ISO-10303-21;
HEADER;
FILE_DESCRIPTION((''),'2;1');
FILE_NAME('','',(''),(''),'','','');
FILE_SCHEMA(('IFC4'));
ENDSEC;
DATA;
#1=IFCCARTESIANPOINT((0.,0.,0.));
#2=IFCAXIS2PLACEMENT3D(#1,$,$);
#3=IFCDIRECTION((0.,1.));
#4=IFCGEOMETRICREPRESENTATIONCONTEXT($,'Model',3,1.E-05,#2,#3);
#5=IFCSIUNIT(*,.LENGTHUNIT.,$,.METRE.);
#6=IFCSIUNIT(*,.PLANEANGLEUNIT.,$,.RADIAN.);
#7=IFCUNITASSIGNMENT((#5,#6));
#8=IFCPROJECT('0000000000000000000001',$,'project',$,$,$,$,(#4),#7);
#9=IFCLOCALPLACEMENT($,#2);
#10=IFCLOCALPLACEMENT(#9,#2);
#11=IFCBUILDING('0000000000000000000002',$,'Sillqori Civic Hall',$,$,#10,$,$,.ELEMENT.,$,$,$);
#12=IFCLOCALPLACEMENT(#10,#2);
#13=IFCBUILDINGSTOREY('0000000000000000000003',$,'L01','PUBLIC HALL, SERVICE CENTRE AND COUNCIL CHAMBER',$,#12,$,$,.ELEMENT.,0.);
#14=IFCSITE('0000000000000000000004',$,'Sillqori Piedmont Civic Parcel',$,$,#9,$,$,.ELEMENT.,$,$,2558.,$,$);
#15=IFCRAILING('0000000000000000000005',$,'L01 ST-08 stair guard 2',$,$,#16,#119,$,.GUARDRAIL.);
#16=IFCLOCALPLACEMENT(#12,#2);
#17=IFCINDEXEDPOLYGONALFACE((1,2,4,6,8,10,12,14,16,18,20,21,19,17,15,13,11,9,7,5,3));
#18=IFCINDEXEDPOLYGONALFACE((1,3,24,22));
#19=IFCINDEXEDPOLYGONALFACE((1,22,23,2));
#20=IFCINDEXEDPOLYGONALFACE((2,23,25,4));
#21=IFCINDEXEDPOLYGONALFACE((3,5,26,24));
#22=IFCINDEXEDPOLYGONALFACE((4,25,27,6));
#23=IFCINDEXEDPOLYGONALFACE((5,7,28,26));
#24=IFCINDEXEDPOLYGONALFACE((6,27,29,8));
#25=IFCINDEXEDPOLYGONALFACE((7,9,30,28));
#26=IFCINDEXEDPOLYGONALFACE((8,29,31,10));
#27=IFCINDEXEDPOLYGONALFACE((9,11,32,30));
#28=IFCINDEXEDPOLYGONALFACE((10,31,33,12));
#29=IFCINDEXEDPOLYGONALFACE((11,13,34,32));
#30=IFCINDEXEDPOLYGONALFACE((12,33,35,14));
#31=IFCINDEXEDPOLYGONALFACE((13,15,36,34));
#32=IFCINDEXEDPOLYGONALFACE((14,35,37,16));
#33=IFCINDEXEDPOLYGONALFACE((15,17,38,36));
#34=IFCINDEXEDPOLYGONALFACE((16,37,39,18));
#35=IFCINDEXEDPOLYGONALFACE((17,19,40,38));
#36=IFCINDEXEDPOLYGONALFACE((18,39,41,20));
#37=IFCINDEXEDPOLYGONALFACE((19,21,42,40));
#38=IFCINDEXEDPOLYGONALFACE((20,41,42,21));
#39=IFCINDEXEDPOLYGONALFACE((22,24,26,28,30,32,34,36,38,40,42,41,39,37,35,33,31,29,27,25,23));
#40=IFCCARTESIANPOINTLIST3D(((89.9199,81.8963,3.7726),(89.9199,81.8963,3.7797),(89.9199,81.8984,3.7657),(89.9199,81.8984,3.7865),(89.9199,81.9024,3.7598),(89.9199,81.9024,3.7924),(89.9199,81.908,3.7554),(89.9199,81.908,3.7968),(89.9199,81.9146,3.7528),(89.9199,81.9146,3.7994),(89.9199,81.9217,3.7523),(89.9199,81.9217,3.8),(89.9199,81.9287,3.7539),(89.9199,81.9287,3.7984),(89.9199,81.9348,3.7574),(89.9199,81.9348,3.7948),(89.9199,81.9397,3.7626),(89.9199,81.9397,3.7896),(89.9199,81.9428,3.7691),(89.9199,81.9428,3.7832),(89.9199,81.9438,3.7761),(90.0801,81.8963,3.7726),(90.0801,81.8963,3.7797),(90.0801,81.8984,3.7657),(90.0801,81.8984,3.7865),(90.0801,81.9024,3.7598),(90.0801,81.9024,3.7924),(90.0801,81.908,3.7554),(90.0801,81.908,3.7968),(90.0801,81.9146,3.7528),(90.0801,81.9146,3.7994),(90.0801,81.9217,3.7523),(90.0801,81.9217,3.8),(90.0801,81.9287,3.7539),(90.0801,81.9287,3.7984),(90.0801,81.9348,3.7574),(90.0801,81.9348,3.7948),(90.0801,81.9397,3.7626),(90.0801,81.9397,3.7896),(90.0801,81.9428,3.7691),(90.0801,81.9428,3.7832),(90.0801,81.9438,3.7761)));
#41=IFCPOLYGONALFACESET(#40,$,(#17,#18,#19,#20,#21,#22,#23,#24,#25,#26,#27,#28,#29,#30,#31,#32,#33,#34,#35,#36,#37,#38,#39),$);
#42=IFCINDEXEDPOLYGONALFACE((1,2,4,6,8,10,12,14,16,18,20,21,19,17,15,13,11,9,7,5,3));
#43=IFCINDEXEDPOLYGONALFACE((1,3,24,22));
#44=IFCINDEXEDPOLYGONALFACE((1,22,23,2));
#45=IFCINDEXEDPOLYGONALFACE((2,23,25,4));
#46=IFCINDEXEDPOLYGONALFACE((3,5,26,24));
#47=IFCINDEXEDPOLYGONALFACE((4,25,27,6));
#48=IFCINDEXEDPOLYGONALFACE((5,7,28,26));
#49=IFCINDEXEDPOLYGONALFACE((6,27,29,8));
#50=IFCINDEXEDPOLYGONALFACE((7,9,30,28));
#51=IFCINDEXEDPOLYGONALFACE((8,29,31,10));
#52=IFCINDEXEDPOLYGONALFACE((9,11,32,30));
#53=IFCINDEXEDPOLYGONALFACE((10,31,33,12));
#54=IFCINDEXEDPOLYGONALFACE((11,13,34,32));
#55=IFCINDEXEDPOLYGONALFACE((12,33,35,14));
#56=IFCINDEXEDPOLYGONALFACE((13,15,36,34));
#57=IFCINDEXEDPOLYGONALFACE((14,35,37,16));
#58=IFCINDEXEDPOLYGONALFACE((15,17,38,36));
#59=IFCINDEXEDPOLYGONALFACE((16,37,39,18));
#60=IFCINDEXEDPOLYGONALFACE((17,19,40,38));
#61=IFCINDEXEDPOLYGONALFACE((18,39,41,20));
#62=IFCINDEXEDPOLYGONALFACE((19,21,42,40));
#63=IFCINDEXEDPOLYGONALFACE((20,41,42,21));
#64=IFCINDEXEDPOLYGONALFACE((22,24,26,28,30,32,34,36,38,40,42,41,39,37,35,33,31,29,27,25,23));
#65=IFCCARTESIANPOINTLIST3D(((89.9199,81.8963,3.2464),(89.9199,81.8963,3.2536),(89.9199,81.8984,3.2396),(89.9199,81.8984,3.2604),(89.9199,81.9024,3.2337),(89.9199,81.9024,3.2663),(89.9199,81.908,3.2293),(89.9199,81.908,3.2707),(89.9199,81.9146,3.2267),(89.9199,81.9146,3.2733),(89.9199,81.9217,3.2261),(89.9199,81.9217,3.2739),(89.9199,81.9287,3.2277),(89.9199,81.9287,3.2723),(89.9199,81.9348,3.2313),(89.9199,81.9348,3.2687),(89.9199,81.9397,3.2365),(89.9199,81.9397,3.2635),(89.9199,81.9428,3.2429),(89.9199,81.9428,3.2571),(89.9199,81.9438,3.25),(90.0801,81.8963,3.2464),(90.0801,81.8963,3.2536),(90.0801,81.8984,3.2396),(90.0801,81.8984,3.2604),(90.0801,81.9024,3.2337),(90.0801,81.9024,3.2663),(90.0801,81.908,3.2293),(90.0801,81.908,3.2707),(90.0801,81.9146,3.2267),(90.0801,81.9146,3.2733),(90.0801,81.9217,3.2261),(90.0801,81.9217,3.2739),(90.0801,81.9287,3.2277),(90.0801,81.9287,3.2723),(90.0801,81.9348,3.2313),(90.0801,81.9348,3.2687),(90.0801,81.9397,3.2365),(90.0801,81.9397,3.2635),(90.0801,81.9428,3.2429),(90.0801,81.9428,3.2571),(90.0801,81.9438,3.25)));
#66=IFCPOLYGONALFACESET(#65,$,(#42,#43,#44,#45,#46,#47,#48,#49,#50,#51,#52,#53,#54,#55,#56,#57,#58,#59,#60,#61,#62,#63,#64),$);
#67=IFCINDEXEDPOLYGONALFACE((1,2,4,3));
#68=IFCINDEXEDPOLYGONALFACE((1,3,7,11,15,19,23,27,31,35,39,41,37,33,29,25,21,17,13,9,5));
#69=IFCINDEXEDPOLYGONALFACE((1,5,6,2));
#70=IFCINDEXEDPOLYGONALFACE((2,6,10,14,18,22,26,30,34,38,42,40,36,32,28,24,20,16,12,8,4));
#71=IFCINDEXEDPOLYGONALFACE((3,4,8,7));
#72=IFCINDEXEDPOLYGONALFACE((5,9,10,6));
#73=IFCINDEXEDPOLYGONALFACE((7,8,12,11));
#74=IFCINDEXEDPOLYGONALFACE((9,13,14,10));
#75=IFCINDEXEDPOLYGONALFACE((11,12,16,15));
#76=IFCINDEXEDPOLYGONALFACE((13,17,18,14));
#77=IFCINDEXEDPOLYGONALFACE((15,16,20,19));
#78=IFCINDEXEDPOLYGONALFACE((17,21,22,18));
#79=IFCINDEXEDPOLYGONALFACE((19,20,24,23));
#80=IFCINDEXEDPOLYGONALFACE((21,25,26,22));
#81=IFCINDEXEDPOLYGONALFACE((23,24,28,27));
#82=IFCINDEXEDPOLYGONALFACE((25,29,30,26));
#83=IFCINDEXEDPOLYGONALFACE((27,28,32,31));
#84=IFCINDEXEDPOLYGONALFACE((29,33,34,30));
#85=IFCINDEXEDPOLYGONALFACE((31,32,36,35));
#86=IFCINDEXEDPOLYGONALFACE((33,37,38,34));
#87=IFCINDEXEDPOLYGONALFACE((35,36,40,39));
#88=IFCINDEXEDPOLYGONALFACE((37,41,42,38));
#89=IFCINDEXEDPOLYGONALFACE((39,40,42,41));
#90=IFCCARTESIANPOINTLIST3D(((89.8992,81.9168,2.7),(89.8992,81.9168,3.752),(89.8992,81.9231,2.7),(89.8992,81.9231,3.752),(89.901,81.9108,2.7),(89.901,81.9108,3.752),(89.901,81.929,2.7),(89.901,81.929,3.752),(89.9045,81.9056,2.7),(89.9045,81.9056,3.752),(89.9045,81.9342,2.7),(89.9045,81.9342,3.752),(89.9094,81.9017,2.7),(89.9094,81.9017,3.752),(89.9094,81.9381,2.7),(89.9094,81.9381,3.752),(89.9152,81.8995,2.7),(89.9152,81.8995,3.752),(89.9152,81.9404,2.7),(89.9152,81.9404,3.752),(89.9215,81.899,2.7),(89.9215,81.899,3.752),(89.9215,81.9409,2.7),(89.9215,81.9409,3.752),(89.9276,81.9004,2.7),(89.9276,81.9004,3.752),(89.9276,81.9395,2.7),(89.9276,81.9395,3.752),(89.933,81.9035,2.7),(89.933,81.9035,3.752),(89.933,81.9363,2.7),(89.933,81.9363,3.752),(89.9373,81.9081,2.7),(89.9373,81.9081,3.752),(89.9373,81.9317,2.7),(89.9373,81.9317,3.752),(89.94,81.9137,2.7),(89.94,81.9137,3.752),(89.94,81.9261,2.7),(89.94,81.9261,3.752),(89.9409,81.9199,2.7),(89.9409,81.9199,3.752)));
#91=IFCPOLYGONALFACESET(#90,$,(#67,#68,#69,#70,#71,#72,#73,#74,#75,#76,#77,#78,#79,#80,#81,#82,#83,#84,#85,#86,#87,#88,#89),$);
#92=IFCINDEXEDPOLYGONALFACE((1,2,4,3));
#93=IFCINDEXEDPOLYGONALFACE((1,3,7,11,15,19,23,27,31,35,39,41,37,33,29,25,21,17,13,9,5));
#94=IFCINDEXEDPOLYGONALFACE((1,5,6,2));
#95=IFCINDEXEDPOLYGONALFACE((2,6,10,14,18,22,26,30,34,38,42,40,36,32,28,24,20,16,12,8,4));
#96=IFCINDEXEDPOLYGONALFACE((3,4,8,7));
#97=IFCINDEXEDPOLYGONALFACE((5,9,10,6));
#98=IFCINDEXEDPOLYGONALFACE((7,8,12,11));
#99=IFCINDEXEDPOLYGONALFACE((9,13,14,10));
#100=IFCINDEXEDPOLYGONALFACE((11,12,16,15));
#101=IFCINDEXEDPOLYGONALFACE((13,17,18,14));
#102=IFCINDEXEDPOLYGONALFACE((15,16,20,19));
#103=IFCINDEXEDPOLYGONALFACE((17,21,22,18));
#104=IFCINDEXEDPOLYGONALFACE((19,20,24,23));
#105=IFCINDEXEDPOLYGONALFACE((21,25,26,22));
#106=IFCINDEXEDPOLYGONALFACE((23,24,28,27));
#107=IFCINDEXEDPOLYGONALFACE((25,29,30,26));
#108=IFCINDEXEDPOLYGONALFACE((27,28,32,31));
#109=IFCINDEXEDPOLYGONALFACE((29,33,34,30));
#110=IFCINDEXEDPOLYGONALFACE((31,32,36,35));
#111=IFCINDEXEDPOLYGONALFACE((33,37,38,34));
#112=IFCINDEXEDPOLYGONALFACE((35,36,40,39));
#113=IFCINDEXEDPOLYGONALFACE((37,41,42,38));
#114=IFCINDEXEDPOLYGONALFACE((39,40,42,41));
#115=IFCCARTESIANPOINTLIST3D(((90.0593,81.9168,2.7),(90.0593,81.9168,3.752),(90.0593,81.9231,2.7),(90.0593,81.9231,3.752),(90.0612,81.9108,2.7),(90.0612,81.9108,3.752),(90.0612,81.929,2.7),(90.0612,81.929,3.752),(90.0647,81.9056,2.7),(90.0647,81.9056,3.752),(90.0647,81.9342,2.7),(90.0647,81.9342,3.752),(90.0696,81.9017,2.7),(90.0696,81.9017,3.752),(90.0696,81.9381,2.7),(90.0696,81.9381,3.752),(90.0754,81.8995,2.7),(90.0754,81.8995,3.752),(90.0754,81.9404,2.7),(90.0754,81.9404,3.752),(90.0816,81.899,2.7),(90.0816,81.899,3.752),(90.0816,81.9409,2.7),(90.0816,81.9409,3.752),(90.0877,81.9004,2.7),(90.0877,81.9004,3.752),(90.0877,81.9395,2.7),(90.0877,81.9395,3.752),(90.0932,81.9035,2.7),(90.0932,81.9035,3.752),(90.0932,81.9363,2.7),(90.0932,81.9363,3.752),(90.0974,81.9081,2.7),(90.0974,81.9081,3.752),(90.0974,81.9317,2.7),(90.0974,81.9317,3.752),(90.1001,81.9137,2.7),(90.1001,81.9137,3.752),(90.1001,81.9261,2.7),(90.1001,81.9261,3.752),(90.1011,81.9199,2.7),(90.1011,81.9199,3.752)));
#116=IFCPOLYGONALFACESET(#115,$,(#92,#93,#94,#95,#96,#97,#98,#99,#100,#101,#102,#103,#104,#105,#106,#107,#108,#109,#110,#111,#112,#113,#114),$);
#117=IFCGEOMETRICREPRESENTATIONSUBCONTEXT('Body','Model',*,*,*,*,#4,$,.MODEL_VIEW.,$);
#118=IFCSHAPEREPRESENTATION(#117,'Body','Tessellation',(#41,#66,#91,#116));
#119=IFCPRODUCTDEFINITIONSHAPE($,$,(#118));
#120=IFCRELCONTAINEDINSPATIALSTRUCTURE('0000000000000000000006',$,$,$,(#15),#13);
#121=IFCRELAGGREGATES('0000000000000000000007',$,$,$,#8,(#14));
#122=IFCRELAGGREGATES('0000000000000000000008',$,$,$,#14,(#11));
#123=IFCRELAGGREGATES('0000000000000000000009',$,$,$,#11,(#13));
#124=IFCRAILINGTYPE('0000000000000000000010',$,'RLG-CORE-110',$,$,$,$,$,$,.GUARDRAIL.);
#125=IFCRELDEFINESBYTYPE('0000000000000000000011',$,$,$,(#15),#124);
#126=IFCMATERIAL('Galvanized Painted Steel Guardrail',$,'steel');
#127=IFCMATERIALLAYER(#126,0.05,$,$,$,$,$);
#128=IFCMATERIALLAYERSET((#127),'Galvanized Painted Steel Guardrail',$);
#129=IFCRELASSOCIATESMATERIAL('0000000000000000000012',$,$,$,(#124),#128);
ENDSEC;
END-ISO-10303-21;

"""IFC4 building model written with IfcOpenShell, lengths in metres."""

from ifc_helpers import new_model, si_unit, direction, frame, origin, origin_2d, place, context, subcontext, project, spatial, circle, extrude, material, layer, layer_set, type_object, element, save


model = new_model("IFC4")

# Units and contexts
model_context = context("Model", 3, precision=1e-05, world=origin(), true_north=direction((0.0, 1.0)))
body_context = subcontext(model_context, "Body", "Model", "MODEL_VIEW")
ifc_project = project(units=[si_unit("LENGTHUNIT", "METRE"), si_unit("PLANEANGLEUNIT", "RADIAN")], contexts=[model_context])

# Site, building, storey
site_placement = place(None, origin())
site = spatial("IfcSite", under=ifc_project, at=site_placement, Name="Sillqori Piedmont Civic Parcel", CompositionType="ELEMENT", RefElevation=2558.0)
building_placement = place(site_placement, origin())
building = spatial("IfcBuilding", under=site, at=building_placement, Name="Sillqori Civic Hall", CompositionType="ELEMENT")
storey_placement = place(building_placement, origin())
storey = spatial("IfcBuildingStorey", under=building, at=storey_placement, Name="L01", Description="PUBLIC HALL, SERVICE CENTRE AND COUNCIL CHAMBER", CompositionType="ELEMENT", Elevation=0.0)

# Railing
ifc_material_1 = material(Name="Galvanized Painted Steel Guardrail", Category="steel")
ifc_layer_1 = layer(ifc_material_1, 0.05)
ifc_layer_set_1 = layer_set([ifc_layer_1], Name="Galvanized Painted Steel Guardrail")
railing_type_1 = type_object("IfcRailingType", Name="RLG-CORE-110", PredefinedType="GUARDRAIL", material=ifc_layer_set_1)
railing_1_placement = place(storey_placement, frame((89.9199, 81.9199, 2.7)))
element("IfcRailing", 1, at=railing_1_placement, inside=storey, type_object=railing_type_1, Name="L01 ST-08 stair guard 2", PredefinedType="GUARDRAIL", context=body_context, shape_type="SweptSolid", body=[
    extrude(circle(Radius=0.0239, at=origin_2d()), frame((0.0, 0.0, 1.0762), z_axis=(1.0, 0.0, 0.0), x_axis=(0.0, 1.0, 0.0)), (0.0, 0.0, 1.0), 0.1602),
    extrude(circle(Radius=0.0239, at=origin_2d()), frame((0.0, 0.0, 0.55), z_axis=(1.0, 0.0, 0.0), x_axis=(0.0, 1.0, 0.0)), (0.0, 0.0, 1.0), 0.1602),
    extrude(circle(Radius=0.021, at=origin_2d()), origin(), (0.0, 0.0, 1.0), 1.052),
    extrude(circle(Radius=0.021, at=origin_2d()), frame((0.1602, 0.0, 0.0)), (0.0, 0.0, 1.0), 1.052),
])

save(model, "model.ifc")
